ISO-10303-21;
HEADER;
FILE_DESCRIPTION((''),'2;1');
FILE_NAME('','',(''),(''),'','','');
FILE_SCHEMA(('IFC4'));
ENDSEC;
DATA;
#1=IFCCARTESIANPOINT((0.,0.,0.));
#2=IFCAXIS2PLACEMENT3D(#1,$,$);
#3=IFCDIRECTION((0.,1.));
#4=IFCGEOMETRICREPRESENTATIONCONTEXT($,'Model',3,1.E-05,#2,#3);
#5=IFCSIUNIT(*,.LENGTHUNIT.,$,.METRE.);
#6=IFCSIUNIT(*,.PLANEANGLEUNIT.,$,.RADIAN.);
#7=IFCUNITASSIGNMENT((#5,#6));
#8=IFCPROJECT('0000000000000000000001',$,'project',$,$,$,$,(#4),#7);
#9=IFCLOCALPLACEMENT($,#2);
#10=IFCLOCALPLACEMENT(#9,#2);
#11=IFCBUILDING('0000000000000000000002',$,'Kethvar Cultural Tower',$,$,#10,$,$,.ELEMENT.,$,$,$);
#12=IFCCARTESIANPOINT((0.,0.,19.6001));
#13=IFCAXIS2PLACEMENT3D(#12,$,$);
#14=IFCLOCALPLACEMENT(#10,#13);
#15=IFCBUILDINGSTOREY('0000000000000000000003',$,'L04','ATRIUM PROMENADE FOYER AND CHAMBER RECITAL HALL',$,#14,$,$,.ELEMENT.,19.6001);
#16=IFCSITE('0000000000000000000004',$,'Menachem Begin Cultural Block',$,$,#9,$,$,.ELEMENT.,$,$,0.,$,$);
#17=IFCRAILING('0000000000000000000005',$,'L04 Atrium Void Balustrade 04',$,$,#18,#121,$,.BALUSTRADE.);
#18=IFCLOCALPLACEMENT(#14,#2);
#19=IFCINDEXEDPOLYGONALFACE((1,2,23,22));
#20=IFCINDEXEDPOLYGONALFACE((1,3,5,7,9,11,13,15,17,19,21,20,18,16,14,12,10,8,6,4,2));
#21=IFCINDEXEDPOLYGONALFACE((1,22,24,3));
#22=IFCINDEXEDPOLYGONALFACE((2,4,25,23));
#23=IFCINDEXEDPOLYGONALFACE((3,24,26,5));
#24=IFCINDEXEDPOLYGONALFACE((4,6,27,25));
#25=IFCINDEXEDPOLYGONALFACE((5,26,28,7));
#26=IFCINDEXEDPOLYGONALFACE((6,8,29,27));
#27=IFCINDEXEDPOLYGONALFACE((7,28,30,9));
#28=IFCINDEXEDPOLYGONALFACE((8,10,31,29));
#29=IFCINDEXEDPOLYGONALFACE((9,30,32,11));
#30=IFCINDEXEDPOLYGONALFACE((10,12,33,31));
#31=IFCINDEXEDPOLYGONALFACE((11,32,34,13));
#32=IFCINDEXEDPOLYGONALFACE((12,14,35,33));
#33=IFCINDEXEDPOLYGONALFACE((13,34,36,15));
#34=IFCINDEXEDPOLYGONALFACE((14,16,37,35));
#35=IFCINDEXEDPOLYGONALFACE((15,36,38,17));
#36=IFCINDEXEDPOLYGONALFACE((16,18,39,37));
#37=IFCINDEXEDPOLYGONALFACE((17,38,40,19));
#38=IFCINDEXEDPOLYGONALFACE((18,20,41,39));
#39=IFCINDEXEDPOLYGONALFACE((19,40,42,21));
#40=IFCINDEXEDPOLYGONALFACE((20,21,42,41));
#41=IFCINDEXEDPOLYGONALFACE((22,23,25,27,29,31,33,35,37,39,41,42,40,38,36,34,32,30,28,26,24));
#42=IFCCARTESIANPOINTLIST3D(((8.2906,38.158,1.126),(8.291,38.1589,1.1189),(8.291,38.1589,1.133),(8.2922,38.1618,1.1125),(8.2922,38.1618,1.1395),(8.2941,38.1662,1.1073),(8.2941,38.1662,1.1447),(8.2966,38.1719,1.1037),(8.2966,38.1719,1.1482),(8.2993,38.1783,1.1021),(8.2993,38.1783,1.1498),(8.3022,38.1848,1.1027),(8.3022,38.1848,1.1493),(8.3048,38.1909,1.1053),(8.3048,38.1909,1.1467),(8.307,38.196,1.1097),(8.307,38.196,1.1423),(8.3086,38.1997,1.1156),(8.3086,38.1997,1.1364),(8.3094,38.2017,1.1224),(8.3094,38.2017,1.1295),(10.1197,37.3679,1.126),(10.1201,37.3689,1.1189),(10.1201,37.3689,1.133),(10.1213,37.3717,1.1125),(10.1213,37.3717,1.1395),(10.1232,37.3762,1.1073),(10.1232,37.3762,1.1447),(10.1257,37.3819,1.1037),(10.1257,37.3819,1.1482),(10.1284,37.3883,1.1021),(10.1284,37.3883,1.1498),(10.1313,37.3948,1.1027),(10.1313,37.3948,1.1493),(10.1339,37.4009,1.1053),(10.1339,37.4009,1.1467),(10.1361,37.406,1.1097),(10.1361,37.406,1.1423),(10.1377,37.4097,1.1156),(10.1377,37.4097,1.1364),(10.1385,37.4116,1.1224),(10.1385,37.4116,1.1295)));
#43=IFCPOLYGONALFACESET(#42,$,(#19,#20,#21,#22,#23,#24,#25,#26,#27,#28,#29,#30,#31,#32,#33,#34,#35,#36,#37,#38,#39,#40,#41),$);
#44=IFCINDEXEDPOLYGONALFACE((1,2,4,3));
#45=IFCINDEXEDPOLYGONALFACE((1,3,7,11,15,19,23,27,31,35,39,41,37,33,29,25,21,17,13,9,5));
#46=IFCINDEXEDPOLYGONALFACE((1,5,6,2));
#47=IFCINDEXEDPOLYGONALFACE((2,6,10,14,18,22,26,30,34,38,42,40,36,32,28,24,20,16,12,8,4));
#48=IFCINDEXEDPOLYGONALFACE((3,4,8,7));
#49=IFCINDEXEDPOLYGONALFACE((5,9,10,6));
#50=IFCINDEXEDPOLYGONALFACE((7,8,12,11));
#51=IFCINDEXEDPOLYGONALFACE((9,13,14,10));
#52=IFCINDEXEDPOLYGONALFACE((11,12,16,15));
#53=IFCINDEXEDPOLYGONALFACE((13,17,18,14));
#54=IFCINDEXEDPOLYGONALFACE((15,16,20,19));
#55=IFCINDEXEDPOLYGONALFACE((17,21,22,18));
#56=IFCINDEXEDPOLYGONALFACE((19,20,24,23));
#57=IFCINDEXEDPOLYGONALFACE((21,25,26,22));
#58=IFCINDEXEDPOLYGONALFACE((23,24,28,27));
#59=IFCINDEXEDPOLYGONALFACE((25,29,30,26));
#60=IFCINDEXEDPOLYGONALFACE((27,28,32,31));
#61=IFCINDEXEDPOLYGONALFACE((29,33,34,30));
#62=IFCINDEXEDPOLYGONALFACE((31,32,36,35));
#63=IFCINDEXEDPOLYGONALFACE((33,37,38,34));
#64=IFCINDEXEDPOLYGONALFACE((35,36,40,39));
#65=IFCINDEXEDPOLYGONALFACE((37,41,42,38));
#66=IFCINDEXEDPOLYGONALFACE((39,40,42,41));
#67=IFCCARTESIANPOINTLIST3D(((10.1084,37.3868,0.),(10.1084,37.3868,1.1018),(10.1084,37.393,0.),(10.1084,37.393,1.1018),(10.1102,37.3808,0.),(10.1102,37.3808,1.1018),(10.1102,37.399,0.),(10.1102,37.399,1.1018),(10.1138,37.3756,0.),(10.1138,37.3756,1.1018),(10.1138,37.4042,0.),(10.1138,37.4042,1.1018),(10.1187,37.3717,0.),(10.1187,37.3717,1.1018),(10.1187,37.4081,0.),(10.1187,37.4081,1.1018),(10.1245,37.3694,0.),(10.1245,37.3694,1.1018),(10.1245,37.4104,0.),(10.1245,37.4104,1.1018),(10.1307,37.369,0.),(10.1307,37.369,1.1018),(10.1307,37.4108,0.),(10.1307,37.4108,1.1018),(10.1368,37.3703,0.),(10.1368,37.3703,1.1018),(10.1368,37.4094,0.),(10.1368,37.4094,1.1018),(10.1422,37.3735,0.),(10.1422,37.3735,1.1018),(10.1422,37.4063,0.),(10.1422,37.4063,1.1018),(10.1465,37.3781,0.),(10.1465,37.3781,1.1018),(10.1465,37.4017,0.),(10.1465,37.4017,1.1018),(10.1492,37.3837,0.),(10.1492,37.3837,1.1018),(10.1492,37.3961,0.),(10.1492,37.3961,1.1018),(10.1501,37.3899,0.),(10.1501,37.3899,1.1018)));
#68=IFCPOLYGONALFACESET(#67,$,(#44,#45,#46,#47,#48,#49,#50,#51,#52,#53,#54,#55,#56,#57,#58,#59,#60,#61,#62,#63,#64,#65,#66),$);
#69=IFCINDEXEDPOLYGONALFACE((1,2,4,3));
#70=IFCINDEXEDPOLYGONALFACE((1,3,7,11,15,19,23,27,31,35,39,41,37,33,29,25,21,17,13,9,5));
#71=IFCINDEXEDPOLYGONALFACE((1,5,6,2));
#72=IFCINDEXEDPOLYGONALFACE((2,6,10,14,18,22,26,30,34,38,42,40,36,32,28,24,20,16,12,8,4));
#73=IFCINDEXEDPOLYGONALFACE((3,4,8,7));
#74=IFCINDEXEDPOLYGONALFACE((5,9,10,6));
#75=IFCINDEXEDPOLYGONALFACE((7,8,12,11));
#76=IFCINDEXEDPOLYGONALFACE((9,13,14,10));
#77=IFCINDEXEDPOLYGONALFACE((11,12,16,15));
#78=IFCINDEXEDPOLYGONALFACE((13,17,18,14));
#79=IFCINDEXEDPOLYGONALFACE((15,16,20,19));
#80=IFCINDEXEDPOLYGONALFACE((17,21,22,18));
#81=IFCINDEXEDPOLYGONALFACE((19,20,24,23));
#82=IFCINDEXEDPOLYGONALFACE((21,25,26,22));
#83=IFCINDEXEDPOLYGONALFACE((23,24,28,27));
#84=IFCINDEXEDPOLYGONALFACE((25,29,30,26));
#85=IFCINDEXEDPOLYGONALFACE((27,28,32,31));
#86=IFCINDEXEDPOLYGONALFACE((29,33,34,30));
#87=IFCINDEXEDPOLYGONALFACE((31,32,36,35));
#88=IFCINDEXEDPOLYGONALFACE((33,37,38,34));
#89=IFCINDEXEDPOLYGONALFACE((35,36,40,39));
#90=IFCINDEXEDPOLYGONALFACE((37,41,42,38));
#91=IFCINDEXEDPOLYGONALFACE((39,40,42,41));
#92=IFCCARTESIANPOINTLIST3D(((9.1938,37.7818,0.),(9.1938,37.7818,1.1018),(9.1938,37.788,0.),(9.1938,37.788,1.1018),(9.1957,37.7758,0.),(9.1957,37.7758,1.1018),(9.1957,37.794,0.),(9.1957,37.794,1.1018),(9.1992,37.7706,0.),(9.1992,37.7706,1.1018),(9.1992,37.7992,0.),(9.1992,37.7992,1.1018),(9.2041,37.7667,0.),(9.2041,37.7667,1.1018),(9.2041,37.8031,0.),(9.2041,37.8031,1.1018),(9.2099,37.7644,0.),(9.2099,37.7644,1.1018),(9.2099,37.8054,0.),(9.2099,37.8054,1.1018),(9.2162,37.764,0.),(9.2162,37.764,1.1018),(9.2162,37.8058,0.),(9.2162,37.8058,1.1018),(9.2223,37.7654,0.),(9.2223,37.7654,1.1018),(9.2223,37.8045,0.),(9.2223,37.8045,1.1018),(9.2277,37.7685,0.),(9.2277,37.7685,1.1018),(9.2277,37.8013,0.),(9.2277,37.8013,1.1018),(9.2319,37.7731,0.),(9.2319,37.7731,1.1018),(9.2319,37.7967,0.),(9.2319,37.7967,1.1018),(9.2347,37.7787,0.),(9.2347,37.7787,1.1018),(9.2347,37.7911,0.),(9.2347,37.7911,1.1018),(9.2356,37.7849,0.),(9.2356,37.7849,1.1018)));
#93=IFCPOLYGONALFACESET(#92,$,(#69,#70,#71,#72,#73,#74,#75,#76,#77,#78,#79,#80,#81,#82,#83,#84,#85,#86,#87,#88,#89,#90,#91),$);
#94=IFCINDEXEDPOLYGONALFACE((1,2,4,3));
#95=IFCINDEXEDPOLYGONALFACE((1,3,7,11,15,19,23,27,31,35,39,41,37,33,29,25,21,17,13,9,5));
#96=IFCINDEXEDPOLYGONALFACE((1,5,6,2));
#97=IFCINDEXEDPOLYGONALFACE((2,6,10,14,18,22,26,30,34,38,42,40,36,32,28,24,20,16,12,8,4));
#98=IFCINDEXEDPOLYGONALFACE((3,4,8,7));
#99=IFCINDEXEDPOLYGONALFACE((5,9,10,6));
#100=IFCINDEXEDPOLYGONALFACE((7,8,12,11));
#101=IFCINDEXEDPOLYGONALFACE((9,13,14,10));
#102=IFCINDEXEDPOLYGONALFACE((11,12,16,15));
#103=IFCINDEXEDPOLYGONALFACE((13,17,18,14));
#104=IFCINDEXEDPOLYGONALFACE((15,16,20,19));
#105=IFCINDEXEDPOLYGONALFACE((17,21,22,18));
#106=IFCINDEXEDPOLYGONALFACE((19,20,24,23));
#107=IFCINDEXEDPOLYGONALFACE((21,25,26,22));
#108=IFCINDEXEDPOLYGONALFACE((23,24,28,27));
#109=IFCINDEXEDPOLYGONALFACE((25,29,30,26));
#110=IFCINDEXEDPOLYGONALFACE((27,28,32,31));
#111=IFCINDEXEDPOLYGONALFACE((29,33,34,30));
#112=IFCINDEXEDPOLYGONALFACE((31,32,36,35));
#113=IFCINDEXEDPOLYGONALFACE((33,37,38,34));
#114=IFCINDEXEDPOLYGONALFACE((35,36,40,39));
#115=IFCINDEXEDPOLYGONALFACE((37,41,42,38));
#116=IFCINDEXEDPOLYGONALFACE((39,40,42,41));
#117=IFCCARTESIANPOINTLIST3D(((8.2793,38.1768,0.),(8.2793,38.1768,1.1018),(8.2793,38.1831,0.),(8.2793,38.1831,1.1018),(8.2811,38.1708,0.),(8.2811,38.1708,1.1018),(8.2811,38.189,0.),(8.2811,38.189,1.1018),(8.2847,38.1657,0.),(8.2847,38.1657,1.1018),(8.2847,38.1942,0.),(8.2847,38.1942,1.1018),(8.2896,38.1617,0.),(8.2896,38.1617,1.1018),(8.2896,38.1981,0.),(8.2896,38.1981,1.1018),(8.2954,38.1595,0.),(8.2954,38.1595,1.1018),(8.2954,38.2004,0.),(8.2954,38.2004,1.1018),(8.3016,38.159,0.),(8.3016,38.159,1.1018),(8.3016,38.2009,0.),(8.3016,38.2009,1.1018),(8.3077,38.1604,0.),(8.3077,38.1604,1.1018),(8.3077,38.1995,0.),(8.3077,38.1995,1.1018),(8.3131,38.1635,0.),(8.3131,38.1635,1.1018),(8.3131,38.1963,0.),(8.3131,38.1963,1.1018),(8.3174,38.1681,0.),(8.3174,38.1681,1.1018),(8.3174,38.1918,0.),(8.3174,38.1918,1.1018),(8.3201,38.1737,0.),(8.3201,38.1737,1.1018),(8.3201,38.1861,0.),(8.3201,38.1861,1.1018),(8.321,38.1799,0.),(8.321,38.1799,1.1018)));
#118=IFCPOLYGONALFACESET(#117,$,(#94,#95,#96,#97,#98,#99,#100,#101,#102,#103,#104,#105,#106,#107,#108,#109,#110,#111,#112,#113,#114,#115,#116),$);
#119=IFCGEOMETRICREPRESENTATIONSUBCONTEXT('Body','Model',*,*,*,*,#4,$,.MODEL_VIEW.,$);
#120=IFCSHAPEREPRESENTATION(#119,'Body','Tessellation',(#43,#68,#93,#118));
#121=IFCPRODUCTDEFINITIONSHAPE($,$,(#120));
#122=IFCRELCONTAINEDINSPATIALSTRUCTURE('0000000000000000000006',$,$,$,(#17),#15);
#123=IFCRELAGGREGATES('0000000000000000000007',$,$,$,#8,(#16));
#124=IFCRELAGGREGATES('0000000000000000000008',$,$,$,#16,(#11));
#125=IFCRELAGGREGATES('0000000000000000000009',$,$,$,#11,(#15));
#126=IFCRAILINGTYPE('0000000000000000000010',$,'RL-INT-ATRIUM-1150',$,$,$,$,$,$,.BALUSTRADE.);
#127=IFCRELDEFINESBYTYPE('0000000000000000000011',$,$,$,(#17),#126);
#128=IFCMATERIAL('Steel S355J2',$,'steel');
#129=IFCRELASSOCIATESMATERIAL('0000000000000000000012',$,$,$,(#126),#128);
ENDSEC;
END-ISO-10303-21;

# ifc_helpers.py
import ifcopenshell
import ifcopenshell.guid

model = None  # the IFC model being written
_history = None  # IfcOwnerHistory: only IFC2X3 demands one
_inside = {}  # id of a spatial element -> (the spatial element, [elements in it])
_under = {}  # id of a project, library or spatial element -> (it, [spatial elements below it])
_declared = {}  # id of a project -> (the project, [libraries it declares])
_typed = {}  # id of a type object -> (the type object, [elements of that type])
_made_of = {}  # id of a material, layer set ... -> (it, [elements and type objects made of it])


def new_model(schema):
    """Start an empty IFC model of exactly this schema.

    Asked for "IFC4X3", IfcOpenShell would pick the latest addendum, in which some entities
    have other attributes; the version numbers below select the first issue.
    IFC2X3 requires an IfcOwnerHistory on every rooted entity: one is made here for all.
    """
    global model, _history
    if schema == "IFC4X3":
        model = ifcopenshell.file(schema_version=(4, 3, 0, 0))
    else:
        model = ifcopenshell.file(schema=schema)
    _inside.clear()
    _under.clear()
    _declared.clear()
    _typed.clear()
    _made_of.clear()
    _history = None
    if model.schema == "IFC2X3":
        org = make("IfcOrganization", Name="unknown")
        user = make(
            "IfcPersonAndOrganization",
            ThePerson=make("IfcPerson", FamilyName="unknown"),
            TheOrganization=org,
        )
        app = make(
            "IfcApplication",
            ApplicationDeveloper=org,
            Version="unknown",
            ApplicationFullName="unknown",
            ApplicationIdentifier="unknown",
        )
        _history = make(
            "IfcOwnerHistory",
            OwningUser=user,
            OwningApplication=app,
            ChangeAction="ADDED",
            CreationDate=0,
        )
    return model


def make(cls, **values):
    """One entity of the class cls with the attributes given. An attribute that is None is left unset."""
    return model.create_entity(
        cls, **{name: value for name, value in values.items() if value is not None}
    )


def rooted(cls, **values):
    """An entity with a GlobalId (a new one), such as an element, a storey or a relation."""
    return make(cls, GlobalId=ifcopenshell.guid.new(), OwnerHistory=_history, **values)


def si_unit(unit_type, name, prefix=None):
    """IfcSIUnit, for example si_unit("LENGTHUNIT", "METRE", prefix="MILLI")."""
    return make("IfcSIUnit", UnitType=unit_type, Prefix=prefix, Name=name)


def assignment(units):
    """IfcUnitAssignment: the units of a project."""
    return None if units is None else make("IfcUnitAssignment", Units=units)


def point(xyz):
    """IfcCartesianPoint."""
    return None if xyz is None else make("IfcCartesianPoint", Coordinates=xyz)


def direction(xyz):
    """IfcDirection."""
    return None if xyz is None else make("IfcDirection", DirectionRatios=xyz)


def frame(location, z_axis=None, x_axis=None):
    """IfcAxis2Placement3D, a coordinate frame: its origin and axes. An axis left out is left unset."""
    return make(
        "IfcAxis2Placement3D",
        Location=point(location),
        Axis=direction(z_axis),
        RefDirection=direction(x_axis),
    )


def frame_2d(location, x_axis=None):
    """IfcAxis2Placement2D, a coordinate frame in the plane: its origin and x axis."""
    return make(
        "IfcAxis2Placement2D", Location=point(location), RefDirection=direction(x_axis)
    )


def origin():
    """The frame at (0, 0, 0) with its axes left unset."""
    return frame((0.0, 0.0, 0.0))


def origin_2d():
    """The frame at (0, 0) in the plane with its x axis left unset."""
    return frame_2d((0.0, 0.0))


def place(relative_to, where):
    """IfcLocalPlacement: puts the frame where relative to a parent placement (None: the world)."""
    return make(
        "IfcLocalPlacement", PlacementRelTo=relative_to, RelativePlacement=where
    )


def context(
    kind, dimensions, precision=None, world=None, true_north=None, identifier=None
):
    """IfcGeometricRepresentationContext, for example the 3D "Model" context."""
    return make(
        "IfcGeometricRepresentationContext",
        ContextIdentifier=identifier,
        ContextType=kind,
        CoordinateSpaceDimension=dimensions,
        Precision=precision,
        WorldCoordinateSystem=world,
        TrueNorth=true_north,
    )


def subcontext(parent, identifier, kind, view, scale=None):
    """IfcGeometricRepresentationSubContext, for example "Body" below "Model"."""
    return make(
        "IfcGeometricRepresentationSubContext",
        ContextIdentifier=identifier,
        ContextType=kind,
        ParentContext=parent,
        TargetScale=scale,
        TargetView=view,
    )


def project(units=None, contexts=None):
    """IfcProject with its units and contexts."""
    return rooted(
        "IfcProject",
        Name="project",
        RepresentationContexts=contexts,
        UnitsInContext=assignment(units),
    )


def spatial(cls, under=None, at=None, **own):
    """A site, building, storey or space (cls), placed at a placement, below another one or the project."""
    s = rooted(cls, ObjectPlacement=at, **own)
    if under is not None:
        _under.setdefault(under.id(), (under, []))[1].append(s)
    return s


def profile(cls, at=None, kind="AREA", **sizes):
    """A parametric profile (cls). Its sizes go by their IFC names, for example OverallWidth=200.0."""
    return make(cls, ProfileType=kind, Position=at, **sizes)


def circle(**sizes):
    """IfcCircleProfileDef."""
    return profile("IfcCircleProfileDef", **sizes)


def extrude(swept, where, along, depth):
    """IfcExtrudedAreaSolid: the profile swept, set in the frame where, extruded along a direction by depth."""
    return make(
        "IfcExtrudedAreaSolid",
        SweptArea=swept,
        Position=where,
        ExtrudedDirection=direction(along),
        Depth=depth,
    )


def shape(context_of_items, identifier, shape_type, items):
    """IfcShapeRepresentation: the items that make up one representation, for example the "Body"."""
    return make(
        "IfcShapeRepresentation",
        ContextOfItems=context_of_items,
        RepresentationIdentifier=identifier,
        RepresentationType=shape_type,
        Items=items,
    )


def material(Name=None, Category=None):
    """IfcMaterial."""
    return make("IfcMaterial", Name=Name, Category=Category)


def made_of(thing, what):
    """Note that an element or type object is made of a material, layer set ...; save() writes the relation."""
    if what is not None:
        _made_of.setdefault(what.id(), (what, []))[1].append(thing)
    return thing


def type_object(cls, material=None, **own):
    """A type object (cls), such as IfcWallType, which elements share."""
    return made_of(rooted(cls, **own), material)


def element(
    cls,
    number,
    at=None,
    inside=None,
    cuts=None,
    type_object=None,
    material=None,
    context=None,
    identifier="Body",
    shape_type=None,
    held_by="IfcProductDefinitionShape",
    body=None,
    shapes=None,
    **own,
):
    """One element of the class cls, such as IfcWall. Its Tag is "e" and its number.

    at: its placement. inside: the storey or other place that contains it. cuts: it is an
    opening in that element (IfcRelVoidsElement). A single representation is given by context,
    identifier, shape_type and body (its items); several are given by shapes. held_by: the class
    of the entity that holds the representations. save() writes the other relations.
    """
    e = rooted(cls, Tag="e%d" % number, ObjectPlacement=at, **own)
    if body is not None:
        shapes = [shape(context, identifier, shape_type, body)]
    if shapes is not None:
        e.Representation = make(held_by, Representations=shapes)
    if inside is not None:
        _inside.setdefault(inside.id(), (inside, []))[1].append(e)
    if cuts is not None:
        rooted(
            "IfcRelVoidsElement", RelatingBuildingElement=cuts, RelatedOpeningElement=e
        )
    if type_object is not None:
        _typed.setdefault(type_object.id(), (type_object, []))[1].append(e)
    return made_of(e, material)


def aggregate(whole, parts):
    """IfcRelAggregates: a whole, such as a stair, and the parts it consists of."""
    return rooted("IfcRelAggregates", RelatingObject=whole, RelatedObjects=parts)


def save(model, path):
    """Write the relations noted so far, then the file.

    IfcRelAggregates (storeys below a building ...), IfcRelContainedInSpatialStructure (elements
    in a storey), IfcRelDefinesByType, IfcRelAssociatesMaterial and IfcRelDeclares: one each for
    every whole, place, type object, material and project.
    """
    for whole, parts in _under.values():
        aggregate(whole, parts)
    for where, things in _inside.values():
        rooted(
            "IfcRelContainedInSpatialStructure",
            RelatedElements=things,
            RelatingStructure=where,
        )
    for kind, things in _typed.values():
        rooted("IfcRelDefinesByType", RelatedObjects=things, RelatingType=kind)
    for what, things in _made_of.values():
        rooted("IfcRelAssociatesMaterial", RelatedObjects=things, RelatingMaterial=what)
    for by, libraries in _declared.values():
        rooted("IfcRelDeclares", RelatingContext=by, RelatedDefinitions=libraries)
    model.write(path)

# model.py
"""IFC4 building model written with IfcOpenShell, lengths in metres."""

from ifc_helpers import new_model, si_unit, direction, frame, origin, origin_2d, place, context, subcontext, project, spatial, circle, extrude, material, type_object, element, save


model = new_model("IFC4")

# Units and contexts
model_context = context("Model", 3, precision=1e-05, world=origin(), true_north=direction((0.0, 1.0)))
body_context = subcontext(model_context, "Body", "Model", "MODEL_VIEW")
ifc_project = project(units=[si_unit("LENGTHUNIT", "METRE"), si_unit("PLANEANGLEUNIT", "RADIAN")], contexts=[model_context])

# Site, building, storey
site_placement = place(None, origin())
site = spatial("IfcSite", under=ifc_project, at=site_placement, Name="Menachem Begin Cultural Block", CompositionType="ELEMENT", RefElevation=0.0)
building_placement = place(site_placement, origin())
building = spatial("IfcBuilding", under=site, at=building_placement, Name="Kethvar Cultural Tower", CompositionType="ELEMENT")
storey_placement = place(building_placement, frame((0.0, 0.0, 19.6001)))
storey = spatial("IfcBuildingStorey", under=building, at=storey_placement, Name="L04", Description="ATRIUM PROMENADE FOYER AND CHAMBER RECITAL HALL", CompositionType="ELEMENT", Elevation=19.6001)

# Shared definitions
ifc_material_1 = material(Name="Steel S355J2", Category="steel")

# Railing
railing_type_1 = type_object("IfcRailingType", Name="RL-INT-ATRIUM-1150", PredefinedType="BALUSTRADE", material=ifc_material_1)
railing_1_placement = place(storey_placement, frame((10.1292, 37.3899, 0.0)))
element("IfcRailing", 1, at=railing_1_placement, inside=storey, type_object=railing_type_1, Name="L04 Atrium Void Balustrade 04", PredefinedType="BALUSTRADE", context=body_context, shape_type="SweptSolid", body=[
    extrude(circle(Radius=0.0239, at=origin_2d()), frame((0.0, 0.0, 1.126), z_axis=(-0.918026, 0.396521, 0.0), x_axis=(-0.396521, -0.918026, 0.0)), (0.0, 0.0, 1.0), 1.9924),
    extrude(circle(Radius=0.021, at=origin_2d()), origin(), (0.0, 0.0, 1.0), 1.1018),
    extrude(circle(Radius=0.021, at=origin_2d()), frame((-0.9146, 0.395, 0.0)), (0.0, 0.0, 1.0), 1.1018),
    extrude(circle(Radius=0.021, at=origin_2d()), frame((-1.8291, 0.79, 0.0)), (0.0, 0.0, 1.0), 1.1018),
])

save(model, "model.ifc")
